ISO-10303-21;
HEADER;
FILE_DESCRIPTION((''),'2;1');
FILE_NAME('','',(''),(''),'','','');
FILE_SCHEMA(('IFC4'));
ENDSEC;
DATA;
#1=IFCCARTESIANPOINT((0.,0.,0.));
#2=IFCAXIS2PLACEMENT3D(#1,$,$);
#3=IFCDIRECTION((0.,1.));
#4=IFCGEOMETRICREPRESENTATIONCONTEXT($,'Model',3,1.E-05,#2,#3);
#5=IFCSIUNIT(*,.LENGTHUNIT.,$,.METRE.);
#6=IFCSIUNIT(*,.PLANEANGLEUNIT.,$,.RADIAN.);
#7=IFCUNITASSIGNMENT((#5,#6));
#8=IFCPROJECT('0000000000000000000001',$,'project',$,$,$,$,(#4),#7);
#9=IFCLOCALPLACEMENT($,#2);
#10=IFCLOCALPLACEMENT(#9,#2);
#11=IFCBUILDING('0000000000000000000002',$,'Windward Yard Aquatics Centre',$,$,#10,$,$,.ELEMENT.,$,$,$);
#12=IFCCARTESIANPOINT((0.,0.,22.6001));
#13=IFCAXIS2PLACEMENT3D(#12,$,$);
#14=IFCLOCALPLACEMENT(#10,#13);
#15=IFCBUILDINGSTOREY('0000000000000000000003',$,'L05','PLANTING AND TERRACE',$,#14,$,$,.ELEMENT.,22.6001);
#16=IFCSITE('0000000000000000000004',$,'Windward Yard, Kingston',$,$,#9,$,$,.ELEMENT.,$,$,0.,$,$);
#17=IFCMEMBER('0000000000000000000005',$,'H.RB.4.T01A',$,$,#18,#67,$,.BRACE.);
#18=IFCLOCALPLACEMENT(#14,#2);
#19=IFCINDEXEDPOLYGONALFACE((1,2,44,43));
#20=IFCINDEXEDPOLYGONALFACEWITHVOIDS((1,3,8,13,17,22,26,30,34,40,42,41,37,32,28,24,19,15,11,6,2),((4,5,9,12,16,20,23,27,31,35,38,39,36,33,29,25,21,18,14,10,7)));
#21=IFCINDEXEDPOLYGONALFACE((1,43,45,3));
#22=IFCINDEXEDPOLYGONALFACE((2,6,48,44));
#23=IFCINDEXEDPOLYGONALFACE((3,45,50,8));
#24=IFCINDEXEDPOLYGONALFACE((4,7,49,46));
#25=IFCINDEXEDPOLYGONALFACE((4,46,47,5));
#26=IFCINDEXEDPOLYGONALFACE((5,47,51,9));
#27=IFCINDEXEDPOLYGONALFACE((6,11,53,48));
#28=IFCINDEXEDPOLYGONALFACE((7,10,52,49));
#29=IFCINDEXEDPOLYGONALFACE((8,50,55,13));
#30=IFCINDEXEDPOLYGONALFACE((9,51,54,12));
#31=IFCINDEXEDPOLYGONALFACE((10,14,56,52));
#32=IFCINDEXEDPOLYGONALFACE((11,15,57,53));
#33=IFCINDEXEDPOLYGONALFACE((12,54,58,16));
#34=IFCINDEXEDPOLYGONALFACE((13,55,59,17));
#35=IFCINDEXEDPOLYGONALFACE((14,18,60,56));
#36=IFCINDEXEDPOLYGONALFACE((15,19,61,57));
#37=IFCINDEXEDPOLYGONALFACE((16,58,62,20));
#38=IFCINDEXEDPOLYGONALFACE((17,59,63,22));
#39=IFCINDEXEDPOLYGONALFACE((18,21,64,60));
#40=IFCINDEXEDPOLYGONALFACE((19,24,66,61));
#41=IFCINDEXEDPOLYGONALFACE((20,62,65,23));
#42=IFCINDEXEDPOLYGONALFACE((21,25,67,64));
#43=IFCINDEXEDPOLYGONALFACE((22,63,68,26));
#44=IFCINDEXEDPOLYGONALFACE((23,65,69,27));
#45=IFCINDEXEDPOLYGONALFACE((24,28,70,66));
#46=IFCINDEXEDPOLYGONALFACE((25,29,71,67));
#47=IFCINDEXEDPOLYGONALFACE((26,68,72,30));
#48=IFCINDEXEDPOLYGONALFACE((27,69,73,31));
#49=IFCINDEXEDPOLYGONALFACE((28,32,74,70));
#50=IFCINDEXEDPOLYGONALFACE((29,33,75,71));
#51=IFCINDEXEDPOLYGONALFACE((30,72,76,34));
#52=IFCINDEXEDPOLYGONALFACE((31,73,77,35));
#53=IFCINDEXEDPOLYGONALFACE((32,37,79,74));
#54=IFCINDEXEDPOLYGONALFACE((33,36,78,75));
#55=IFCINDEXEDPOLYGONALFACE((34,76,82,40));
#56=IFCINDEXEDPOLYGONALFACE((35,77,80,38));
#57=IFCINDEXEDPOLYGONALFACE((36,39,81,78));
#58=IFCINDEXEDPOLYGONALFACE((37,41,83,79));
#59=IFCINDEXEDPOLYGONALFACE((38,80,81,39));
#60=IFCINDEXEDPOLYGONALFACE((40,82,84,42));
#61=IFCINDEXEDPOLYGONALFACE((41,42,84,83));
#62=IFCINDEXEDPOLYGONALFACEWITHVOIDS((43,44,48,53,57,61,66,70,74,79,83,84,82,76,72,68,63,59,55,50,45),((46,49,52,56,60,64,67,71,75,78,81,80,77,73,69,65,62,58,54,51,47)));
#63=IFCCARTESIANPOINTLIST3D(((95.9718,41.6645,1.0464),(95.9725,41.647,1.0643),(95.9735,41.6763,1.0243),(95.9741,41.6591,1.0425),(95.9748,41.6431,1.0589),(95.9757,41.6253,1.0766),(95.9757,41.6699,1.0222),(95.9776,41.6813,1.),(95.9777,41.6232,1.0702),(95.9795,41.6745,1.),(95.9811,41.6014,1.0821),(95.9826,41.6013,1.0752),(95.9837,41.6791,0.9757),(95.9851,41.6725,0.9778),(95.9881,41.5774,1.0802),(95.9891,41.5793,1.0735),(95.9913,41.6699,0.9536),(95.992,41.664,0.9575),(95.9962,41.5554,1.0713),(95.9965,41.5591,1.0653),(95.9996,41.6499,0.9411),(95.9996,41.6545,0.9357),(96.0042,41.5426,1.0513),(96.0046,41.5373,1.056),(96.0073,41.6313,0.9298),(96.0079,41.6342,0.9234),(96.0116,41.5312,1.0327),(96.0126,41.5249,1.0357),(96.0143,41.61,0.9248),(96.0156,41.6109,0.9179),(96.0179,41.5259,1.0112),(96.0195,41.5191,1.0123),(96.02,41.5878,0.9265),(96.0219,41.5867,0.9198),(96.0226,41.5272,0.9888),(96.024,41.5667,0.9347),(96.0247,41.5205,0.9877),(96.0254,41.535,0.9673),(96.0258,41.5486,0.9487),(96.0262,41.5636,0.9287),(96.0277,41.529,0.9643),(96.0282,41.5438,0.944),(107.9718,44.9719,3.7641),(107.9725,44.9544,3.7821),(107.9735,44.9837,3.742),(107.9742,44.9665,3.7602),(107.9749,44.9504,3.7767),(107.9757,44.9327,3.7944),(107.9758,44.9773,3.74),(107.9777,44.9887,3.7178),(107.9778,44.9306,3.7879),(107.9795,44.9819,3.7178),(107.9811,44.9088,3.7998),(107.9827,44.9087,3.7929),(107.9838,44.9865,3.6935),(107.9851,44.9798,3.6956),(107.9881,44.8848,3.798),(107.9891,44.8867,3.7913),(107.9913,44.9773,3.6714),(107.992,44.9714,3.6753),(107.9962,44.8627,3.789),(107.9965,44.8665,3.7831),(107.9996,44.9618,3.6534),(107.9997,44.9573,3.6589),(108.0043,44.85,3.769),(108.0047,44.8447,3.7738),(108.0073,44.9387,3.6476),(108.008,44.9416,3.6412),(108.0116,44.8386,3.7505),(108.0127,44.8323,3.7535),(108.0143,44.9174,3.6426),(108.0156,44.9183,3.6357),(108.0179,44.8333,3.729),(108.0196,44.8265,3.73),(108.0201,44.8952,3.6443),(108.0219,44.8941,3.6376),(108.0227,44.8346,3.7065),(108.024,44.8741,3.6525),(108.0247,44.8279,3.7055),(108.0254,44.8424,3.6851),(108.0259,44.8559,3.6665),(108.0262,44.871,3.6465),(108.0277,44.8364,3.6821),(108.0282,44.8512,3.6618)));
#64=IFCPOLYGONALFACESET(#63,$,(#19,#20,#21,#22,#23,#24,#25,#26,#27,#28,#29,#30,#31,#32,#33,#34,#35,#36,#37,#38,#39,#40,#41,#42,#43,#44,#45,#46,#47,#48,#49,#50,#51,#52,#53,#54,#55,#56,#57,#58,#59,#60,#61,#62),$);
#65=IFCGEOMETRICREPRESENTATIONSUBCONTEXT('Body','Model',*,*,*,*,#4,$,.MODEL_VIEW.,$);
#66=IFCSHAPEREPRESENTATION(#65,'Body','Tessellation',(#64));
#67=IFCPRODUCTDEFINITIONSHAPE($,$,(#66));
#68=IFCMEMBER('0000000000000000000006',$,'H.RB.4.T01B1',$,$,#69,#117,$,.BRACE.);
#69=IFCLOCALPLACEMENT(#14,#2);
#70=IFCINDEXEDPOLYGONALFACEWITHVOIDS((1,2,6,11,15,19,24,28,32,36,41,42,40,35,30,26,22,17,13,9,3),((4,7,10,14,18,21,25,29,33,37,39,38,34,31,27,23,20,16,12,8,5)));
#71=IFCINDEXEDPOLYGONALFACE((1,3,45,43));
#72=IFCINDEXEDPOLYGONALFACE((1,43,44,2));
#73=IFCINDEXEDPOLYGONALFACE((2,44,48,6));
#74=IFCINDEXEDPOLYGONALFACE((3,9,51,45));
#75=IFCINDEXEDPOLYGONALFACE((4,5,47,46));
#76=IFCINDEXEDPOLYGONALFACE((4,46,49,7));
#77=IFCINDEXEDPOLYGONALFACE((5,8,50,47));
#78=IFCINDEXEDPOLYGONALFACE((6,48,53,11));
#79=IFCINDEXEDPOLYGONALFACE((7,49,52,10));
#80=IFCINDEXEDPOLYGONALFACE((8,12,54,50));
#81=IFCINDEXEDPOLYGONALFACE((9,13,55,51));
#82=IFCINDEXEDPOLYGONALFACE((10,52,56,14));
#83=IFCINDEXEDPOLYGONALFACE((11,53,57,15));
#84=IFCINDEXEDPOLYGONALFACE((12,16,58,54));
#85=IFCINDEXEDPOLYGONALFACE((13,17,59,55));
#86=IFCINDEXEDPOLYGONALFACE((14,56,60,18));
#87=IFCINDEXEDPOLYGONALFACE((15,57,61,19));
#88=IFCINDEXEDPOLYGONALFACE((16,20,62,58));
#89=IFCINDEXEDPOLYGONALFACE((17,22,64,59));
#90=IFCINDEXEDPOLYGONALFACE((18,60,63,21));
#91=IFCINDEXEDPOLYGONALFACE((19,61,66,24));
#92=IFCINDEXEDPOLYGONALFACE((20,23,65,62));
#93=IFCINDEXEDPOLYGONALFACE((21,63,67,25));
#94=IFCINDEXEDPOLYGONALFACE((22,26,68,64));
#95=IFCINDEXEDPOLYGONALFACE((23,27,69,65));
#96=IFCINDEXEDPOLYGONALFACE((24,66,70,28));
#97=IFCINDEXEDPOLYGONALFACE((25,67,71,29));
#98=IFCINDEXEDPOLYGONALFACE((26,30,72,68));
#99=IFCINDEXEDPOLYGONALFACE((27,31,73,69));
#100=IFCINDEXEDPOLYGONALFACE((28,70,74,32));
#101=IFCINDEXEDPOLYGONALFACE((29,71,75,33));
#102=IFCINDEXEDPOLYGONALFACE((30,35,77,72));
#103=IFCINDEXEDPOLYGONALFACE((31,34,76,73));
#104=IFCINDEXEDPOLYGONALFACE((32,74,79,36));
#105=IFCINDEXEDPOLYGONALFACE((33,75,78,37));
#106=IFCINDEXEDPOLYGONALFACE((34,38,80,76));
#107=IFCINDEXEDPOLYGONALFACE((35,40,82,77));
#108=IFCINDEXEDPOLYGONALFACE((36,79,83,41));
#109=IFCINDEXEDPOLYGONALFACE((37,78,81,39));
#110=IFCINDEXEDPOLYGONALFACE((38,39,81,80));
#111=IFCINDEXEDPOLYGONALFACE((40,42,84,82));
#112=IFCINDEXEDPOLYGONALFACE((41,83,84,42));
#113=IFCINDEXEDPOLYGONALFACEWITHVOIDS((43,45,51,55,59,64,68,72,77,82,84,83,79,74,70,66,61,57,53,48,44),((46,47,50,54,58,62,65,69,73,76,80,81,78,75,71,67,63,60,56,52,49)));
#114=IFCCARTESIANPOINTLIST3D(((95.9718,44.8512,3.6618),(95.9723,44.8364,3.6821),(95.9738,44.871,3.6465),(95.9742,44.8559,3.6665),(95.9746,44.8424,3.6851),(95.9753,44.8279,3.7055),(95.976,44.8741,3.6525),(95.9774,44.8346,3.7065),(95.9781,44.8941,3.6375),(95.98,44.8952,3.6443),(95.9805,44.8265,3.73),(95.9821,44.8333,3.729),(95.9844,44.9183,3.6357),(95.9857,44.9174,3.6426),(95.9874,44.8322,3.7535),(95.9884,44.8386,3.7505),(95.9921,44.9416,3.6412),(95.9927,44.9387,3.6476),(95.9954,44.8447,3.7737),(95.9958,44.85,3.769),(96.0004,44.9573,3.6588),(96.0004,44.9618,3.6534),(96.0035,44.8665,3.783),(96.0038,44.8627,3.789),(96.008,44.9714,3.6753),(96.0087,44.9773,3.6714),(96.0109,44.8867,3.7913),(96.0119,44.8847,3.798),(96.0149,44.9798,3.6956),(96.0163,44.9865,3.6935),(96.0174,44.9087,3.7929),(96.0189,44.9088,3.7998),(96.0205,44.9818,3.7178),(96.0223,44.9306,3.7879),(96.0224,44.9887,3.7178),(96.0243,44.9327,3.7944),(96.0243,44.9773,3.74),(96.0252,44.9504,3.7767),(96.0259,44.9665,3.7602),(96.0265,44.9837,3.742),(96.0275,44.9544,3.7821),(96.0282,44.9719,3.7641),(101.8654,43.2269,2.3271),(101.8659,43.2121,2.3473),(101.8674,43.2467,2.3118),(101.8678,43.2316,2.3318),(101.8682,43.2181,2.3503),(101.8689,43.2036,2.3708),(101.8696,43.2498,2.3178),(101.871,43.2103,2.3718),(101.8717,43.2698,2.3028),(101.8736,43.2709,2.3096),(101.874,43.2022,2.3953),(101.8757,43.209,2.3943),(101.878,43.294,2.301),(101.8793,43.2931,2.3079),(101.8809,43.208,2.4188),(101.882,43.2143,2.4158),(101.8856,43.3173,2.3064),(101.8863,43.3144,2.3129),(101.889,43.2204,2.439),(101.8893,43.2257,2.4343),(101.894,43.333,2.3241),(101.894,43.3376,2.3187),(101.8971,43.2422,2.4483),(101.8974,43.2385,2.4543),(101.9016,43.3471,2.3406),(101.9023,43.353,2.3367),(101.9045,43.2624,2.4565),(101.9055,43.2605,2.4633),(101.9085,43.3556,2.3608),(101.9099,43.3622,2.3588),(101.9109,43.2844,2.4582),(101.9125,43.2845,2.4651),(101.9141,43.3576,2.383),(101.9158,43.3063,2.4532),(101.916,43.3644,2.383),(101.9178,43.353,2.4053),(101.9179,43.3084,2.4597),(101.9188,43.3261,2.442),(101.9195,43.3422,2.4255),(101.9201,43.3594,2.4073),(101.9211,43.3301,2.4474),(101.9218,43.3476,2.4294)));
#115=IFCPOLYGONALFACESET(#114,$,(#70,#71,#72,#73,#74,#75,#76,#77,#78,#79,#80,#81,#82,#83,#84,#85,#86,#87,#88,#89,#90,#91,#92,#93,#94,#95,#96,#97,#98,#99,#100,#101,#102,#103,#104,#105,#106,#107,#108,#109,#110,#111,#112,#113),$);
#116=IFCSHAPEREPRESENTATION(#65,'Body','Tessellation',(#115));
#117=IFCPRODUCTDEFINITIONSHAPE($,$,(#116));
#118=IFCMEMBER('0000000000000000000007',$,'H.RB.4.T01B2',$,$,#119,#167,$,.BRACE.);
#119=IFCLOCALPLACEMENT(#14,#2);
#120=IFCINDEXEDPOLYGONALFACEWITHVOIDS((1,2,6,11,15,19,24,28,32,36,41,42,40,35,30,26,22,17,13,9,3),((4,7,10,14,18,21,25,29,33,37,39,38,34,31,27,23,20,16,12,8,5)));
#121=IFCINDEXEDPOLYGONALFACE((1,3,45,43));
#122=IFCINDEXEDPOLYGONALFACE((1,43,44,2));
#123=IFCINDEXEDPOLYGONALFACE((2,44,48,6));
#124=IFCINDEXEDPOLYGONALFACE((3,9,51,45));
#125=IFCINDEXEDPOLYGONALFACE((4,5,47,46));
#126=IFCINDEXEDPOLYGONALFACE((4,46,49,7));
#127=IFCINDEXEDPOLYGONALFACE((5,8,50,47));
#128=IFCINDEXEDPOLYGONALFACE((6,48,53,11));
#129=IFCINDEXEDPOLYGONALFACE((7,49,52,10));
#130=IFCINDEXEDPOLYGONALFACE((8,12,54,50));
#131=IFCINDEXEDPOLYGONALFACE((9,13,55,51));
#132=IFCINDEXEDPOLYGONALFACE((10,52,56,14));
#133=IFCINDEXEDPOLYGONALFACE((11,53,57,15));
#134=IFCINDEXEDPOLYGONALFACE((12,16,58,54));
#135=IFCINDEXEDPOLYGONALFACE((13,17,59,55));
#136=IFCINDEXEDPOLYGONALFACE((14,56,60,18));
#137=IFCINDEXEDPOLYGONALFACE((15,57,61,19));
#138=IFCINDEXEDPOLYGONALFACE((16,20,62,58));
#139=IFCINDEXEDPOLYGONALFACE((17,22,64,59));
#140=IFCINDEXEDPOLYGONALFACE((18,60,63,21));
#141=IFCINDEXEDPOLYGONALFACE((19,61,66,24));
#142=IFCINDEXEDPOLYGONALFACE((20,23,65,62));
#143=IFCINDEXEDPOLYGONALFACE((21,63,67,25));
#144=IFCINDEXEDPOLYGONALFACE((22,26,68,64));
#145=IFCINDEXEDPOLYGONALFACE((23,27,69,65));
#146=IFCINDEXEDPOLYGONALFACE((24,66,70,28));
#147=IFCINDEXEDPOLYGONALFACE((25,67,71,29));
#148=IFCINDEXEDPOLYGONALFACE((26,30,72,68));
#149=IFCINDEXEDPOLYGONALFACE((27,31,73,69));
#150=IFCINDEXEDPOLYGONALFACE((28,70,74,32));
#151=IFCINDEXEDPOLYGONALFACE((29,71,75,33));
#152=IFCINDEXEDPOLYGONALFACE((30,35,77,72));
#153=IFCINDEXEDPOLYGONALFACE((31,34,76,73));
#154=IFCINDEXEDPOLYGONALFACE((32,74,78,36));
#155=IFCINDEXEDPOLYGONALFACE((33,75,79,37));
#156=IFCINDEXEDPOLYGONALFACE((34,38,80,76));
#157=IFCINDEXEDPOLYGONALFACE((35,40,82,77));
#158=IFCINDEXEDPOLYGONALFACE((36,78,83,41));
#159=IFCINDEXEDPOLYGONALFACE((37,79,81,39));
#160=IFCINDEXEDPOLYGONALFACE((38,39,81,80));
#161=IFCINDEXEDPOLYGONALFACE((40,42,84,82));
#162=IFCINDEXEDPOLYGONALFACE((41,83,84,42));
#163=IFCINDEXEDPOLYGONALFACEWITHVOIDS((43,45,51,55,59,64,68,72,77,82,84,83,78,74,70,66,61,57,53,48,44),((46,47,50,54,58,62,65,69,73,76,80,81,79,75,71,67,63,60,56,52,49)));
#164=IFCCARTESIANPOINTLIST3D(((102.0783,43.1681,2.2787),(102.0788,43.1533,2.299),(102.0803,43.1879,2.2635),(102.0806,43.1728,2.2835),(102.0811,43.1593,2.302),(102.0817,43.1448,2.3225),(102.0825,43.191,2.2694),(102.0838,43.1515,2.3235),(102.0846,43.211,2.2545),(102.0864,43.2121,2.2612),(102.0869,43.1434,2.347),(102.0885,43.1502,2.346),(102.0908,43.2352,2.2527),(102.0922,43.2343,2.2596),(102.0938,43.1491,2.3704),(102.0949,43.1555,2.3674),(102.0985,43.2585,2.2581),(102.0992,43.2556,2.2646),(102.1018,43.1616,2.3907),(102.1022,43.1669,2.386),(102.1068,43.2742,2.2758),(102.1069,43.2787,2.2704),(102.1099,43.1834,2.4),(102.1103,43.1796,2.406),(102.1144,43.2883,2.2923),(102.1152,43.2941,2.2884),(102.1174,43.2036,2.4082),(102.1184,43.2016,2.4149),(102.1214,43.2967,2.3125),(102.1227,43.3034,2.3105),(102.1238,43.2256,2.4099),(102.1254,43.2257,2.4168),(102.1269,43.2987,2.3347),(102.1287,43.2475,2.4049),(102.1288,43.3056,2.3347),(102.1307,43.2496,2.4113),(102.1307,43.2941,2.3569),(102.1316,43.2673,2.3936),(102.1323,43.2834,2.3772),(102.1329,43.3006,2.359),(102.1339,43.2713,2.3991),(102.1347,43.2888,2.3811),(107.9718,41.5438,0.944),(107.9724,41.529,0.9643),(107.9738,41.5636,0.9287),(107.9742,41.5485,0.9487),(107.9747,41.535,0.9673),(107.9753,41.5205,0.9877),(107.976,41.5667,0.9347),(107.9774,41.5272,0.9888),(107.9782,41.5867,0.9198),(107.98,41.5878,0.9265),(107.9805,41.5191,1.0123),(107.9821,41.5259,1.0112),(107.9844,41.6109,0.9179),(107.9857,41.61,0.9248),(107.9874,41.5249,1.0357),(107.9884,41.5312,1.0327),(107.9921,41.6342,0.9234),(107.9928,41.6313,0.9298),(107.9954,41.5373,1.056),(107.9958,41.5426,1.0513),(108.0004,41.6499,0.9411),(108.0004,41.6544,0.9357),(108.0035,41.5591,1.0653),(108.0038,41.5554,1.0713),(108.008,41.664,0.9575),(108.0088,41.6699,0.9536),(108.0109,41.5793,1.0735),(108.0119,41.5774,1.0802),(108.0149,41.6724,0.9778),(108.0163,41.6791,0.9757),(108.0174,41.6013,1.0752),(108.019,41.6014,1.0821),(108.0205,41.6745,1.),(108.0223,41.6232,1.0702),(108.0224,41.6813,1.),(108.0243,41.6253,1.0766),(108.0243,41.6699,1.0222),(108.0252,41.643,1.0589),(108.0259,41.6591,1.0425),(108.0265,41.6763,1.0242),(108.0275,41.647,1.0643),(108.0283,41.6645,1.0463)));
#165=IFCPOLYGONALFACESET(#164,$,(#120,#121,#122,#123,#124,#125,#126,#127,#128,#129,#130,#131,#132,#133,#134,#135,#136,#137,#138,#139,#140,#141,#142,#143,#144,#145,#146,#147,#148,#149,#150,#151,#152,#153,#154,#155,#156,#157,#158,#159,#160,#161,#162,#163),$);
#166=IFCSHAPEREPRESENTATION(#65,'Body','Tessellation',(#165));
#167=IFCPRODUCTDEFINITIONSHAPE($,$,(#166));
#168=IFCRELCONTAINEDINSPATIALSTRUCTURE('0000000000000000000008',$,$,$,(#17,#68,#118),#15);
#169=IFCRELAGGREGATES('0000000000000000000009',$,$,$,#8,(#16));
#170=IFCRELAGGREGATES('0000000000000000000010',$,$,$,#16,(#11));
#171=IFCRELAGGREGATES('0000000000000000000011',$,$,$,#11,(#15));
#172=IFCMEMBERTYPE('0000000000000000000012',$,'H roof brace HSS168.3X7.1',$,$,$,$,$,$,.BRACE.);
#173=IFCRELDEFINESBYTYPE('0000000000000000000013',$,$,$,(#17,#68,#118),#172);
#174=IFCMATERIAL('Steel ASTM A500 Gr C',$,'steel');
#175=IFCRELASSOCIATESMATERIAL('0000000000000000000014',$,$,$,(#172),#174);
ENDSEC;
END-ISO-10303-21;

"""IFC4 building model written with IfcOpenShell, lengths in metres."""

from ifc_helpers import new_model, si_unit, direction, frame, origin, origin_2d, place, context, subcontext, project, spatial, hollow_circle, extrude, material, material_profile, profile_set, type_object, element, save


model = new_model("IFC4")

# Units and contexts
model_context = context("Model", 3, precision=1e-05, world=origin(), true_north=direction((0.0, 1.0)))
body_context = subcontext(model_context, "Body", "Model", "MODEL_VIEW")
ifc_project = project(units=[si_unit("LENGTHUNIT", "METRE"), si_unit("PLANEANGLEUNIT", "RADIAN")], contexts=[model_context])

# Site, building, storey
site_placement = place(None, origin())
site = spatial("IfcSite", under=ifc_project, at=site_placement, Name="Windward Yard, Kingston", CompositionType="ELEMENT", RefElevation=0.0)
building_placement = place(site_placement, origin())
building = spatial("IfcBuilding", under=site, at=building_placement, Name="Windward Yard Aquatics Centre", CompositionType="ELEMENT")
storey_placement = place(building_placement, frame((0.0, 0.0, 22.6001)))
storey = spatial("IfcBuildingStorey", under=building, at=storey_placement, Name="L05", Description="PLANTING AND TERRACE", CompositionType="ELEMENT", Elevation=22.6001)

# Shared definitions
ifc_material_1 = material(Name="Steel ASTM A500 Gr C", Category="steel")

# Members
ifc_material_profile_1 = material_profile(ifc_material_1, hollow_circle(Radius=0.0842, WallThickness=0.0071, at=origin_2d()), Name="HSS168.3X7.1")
ifc_profile_set_1 = profile_set([ifc_material_profile_1], Name="Steel ASTM A500 Gr C")
member_type_1 = type_object("IfcMemberType", Name="H roof brace HSS168.3X7.1", PredefinedType="BRACE", material=ifc_profile_set_1)
member_1_placement = place(storey_placement, frame((96.0, 41.6001, 1.0), z_axis=(0.941865, 0.259591, 0.213315), x_axis=(-0.265707, 0.964054, 0.0)))
element("IfcMember", 1, at=member_1_placement, inside=storey, type_object=member_type_1, Name="H.RB.4.T01A", PredefinedType="BRACE", context=body_context, shape_type="SweptSolid", body=[
    extrude(hollow_circle(Radius=0.0842, WallThickness=0.0071, at=origin_2d()), origin(), (0.0, 0.0, 1.0), 12.7407),
])
for number, where, z_axis, x_axis, name in (
    (2, (96.0, 44.9075, 3.7178), (0.94187, -0.25958, -0.213306), (0.265695, 0.964057, 0.0), "H.RB.4.T01B1"),
    (3, (102.1064, 43.2244, 2.3347), (0.94187, -0.25958, -0.213306), (0.265695, 0.964057, 0.0), "H.RB.4.T01B2"),
):
    element("IfcMember", number, at=place(storey_placement, frame(where, z_axis=z_axis, x_axis=x_axis)), inside=storey, type_object=member_type_1, Name=name, PredefinedType="BRACE", context=body_context, shape_type="SweptSolid", body=[
        extrude(hollow_circle(Radius=0.0842, WallThickness=0.0071, at=origin_2d()), origin(), (0.0, 0.0, 1.0), 6.2573),
    ])

save(model, "model.ifc")
